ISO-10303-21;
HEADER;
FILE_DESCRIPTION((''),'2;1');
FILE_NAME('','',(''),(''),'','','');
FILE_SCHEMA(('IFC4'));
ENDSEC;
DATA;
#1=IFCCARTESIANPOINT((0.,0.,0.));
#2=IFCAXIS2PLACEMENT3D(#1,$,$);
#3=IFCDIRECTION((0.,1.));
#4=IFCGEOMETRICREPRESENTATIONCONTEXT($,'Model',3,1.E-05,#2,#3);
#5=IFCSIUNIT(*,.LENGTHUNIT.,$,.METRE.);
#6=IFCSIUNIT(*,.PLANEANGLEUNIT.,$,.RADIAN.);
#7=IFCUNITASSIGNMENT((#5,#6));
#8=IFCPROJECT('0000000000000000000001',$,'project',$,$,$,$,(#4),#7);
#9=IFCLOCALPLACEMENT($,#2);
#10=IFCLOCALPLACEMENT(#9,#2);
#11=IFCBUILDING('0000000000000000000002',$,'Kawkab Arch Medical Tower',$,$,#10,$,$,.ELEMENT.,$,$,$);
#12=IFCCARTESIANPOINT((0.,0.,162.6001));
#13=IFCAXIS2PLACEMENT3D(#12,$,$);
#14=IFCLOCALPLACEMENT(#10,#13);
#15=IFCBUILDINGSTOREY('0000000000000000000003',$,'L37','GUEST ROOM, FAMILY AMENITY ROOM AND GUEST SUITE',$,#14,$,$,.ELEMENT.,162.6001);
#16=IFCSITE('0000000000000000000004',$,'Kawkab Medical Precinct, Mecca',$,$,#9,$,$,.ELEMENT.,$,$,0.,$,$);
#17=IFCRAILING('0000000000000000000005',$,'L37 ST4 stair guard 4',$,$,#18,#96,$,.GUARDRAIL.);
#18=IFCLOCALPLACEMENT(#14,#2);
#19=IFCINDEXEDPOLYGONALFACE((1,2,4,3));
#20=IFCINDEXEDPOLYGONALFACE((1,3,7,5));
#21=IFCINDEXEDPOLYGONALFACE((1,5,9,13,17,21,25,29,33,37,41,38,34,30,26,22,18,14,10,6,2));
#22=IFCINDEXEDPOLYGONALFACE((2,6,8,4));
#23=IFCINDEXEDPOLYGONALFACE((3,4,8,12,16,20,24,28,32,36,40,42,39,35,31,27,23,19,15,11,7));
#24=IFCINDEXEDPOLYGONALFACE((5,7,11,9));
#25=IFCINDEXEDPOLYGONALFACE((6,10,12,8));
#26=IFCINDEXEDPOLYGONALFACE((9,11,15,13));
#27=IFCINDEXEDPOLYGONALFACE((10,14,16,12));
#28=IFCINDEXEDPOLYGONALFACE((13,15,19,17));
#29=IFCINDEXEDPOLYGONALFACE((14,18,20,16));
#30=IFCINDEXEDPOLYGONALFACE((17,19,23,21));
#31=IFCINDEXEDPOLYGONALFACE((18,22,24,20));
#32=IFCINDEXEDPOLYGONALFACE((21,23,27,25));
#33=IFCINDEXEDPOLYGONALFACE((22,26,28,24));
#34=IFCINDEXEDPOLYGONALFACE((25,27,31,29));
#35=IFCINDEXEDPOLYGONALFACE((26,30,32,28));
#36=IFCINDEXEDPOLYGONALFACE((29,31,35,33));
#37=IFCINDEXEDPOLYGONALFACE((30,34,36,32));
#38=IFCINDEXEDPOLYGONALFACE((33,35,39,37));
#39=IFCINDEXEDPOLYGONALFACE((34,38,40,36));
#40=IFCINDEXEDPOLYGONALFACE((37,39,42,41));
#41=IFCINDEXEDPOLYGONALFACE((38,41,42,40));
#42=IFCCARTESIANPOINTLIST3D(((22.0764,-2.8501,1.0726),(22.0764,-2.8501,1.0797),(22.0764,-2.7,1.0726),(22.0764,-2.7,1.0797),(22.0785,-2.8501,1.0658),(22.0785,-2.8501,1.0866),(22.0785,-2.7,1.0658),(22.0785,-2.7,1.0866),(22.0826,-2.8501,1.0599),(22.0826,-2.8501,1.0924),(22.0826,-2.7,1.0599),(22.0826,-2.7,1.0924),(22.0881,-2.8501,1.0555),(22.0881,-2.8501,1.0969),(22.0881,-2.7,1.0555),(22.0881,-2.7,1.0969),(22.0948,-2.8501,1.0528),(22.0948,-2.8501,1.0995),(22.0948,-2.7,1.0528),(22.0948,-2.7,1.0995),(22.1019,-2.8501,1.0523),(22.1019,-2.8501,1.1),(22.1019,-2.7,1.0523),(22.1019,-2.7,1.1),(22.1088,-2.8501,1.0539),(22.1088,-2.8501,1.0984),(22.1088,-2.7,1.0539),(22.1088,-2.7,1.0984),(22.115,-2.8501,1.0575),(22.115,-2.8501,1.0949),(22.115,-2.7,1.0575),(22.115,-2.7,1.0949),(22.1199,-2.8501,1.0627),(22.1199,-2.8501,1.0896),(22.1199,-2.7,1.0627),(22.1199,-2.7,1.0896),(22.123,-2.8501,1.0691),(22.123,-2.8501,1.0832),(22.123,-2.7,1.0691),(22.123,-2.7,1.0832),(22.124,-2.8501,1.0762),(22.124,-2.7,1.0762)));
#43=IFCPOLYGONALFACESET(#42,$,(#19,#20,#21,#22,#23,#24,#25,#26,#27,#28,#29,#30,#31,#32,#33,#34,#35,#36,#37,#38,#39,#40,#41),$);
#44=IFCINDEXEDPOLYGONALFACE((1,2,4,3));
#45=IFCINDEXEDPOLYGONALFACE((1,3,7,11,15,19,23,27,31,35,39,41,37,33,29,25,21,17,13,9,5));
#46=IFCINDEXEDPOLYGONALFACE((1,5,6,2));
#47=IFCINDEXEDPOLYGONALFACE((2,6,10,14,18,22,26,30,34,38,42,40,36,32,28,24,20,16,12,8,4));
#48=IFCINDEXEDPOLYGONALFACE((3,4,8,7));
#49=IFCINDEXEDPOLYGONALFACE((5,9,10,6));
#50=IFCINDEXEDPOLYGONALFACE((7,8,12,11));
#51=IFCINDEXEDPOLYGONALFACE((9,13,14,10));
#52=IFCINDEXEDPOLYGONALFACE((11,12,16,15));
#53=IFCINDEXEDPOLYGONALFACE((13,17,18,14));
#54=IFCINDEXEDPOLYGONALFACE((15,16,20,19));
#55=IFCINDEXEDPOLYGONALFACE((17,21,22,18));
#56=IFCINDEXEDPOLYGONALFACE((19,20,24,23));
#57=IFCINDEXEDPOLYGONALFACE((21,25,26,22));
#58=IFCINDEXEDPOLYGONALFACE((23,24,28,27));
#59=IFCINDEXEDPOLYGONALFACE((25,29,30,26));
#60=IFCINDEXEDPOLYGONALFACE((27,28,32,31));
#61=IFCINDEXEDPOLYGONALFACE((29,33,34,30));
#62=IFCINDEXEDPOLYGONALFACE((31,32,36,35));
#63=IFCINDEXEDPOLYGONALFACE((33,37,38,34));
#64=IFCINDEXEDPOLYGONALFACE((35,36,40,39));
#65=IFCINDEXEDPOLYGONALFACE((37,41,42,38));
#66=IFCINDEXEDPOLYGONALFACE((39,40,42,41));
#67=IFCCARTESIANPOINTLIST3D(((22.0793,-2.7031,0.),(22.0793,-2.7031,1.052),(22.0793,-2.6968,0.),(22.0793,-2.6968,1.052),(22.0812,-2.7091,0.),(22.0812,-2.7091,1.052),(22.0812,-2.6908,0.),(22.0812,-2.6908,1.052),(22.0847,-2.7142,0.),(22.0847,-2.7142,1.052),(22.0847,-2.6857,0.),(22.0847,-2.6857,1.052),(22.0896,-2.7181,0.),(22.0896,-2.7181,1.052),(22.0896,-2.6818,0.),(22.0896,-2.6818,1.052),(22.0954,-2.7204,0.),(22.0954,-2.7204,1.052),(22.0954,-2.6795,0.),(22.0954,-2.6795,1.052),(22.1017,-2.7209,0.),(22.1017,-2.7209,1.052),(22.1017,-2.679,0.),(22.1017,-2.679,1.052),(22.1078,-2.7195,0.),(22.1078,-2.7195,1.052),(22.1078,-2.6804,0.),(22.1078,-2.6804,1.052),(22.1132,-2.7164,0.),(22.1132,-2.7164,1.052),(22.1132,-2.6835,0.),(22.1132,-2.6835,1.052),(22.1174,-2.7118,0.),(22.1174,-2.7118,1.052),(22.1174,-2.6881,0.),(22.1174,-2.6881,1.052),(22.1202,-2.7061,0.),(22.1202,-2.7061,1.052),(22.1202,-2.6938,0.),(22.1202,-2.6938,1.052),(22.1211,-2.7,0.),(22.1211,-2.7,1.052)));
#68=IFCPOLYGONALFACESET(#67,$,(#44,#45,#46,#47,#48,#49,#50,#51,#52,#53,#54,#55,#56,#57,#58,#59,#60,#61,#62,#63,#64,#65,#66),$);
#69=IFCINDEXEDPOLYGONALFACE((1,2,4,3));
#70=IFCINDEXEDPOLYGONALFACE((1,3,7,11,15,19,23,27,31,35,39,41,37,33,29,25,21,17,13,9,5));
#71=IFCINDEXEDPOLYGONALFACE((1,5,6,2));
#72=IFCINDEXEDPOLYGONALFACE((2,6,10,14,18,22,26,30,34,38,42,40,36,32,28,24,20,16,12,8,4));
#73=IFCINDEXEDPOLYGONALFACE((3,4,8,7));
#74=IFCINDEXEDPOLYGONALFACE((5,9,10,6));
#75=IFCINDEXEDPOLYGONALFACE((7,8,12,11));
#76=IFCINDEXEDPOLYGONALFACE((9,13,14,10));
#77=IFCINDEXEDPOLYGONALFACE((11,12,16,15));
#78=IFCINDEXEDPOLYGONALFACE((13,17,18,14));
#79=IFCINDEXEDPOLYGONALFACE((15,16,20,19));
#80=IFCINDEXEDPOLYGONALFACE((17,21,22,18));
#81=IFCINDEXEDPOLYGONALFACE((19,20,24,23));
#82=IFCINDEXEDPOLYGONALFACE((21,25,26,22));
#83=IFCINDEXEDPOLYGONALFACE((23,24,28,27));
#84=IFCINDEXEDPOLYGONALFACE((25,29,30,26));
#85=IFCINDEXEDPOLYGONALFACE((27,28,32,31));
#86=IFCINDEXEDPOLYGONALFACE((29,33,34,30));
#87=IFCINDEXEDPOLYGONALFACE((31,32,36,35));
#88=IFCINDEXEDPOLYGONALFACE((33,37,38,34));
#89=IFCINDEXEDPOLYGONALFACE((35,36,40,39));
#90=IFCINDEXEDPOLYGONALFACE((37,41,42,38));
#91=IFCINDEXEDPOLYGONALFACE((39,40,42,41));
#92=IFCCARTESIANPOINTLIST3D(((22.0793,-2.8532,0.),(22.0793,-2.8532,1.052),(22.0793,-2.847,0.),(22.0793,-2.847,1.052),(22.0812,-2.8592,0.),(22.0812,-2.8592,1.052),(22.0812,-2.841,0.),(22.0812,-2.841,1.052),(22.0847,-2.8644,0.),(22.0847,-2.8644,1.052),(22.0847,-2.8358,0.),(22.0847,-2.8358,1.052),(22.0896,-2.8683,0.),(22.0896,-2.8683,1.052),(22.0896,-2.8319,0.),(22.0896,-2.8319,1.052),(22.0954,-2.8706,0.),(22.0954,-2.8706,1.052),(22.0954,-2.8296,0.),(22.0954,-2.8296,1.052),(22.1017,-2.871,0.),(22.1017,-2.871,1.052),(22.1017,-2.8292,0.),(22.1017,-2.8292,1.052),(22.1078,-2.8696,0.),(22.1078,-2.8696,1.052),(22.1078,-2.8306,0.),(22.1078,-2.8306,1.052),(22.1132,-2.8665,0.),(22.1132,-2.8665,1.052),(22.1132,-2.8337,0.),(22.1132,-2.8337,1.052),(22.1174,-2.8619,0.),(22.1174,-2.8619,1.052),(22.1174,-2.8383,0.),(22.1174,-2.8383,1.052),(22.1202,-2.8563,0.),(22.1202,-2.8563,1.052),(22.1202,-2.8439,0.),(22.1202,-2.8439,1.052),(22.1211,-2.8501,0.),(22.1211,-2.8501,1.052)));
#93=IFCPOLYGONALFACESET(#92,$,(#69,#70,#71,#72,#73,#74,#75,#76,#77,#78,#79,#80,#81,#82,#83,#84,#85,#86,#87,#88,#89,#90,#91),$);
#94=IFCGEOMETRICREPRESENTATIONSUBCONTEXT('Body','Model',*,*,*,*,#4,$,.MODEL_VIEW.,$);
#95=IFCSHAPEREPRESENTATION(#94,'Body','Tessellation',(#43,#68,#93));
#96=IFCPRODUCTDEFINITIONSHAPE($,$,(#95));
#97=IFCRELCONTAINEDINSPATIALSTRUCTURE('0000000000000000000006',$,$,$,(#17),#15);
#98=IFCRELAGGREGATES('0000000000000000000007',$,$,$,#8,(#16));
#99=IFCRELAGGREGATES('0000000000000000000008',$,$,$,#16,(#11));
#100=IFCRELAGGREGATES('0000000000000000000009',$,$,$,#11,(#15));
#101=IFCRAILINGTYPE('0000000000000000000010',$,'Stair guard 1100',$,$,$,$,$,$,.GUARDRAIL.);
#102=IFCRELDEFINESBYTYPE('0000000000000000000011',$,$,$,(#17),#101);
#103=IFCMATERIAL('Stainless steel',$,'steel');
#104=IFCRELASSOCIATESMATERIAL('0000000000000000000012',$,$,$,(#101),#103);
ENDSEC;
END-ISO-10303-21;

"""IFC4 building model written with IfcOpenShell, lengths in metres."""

from ifc_helpers import new_model, si_unit, direction, frame, origin, origin_2d, place, context, subcontext, project, spatial, circle, extrude, material, type_object, element, save


model = new_model("IFC4")

# Units and contexts
model_context = context("Model", 3, precision=1e-05, world=origin(), true_north=direction((0.0, 1.0)))
body_context = subcontext(model_context, "Body", "Model", "MODEL_VIEW")
ifc_project = project(units=[si_unit("LENGTHUNIT", "METRE"), si_unit("PLANEANGLEUNIT", "RADIAN")], contexts=[model_context])

# Site, building, storey
site_placement = place(None, origin())
site = spatial("IfcSite", under=ifc_project, at=site_placement, Name="Kawkab Medical Precinct, Mecca", CompositionType="ELEMENT", RefElevation=0.0)
building_placement = place(site_placement, origin())
building = spatial("IfcBuilding", under=site, at=building_placement, Name="Kawkab Arch Medical Tower", CompositionType="ELEMENT")
storey_placement = place(building_placement, frame((0.0, 0.0, 162.6001)))
storey = spatial("IfcBuildingStorey", under=building, at=storey_placement, Name="L37", Description="GUEST ROOM, FAMILY AMENITY ROOM AND GUEST SUITE", CompositionType="ELEMENT", Elevation=162.6001)

# Railing
ifc_material_1 = material(Name="Stainless steel", Category="steel")
railing_type = type_object("IfcRailingType", Name="Stair guard 1100", PredefinedType="GUARDRAIL", material=ifc_material_1)
railing_1_placement = place(storey_placement, frame((22.1001, -2.7, 0.0)))
element("IfcRailing", 1, at=railing_1_placement, inside=storey, type_object=railing_type, Name="L37 ST4 stair guard 4", PredefinedType="GUARDRAIL", context=body_context, shape_type="SweptSolid", body=[
    extrude(circle(Radius=0.0239, at=origin_2d()), frame((0.0, 0.0, 1.0762), z_axis=(0.0, -1.0, 0.0), x_axis=(1.0, 0.0, 0.0)), (0.0, 0.0, 1.0), 0.1501),
    extrude(circle(Radius=0.021, at=origin_2d()), origin(), (0.0, 0.0, 1.0), 1.052),
    extrude(circle(Radius=0.021, at=origin_2d()), frame((0.0, -0.1501, 0.0)), (0.0, 0.0, 1.0), 1.052),
])

save(model, "model.ifc")
